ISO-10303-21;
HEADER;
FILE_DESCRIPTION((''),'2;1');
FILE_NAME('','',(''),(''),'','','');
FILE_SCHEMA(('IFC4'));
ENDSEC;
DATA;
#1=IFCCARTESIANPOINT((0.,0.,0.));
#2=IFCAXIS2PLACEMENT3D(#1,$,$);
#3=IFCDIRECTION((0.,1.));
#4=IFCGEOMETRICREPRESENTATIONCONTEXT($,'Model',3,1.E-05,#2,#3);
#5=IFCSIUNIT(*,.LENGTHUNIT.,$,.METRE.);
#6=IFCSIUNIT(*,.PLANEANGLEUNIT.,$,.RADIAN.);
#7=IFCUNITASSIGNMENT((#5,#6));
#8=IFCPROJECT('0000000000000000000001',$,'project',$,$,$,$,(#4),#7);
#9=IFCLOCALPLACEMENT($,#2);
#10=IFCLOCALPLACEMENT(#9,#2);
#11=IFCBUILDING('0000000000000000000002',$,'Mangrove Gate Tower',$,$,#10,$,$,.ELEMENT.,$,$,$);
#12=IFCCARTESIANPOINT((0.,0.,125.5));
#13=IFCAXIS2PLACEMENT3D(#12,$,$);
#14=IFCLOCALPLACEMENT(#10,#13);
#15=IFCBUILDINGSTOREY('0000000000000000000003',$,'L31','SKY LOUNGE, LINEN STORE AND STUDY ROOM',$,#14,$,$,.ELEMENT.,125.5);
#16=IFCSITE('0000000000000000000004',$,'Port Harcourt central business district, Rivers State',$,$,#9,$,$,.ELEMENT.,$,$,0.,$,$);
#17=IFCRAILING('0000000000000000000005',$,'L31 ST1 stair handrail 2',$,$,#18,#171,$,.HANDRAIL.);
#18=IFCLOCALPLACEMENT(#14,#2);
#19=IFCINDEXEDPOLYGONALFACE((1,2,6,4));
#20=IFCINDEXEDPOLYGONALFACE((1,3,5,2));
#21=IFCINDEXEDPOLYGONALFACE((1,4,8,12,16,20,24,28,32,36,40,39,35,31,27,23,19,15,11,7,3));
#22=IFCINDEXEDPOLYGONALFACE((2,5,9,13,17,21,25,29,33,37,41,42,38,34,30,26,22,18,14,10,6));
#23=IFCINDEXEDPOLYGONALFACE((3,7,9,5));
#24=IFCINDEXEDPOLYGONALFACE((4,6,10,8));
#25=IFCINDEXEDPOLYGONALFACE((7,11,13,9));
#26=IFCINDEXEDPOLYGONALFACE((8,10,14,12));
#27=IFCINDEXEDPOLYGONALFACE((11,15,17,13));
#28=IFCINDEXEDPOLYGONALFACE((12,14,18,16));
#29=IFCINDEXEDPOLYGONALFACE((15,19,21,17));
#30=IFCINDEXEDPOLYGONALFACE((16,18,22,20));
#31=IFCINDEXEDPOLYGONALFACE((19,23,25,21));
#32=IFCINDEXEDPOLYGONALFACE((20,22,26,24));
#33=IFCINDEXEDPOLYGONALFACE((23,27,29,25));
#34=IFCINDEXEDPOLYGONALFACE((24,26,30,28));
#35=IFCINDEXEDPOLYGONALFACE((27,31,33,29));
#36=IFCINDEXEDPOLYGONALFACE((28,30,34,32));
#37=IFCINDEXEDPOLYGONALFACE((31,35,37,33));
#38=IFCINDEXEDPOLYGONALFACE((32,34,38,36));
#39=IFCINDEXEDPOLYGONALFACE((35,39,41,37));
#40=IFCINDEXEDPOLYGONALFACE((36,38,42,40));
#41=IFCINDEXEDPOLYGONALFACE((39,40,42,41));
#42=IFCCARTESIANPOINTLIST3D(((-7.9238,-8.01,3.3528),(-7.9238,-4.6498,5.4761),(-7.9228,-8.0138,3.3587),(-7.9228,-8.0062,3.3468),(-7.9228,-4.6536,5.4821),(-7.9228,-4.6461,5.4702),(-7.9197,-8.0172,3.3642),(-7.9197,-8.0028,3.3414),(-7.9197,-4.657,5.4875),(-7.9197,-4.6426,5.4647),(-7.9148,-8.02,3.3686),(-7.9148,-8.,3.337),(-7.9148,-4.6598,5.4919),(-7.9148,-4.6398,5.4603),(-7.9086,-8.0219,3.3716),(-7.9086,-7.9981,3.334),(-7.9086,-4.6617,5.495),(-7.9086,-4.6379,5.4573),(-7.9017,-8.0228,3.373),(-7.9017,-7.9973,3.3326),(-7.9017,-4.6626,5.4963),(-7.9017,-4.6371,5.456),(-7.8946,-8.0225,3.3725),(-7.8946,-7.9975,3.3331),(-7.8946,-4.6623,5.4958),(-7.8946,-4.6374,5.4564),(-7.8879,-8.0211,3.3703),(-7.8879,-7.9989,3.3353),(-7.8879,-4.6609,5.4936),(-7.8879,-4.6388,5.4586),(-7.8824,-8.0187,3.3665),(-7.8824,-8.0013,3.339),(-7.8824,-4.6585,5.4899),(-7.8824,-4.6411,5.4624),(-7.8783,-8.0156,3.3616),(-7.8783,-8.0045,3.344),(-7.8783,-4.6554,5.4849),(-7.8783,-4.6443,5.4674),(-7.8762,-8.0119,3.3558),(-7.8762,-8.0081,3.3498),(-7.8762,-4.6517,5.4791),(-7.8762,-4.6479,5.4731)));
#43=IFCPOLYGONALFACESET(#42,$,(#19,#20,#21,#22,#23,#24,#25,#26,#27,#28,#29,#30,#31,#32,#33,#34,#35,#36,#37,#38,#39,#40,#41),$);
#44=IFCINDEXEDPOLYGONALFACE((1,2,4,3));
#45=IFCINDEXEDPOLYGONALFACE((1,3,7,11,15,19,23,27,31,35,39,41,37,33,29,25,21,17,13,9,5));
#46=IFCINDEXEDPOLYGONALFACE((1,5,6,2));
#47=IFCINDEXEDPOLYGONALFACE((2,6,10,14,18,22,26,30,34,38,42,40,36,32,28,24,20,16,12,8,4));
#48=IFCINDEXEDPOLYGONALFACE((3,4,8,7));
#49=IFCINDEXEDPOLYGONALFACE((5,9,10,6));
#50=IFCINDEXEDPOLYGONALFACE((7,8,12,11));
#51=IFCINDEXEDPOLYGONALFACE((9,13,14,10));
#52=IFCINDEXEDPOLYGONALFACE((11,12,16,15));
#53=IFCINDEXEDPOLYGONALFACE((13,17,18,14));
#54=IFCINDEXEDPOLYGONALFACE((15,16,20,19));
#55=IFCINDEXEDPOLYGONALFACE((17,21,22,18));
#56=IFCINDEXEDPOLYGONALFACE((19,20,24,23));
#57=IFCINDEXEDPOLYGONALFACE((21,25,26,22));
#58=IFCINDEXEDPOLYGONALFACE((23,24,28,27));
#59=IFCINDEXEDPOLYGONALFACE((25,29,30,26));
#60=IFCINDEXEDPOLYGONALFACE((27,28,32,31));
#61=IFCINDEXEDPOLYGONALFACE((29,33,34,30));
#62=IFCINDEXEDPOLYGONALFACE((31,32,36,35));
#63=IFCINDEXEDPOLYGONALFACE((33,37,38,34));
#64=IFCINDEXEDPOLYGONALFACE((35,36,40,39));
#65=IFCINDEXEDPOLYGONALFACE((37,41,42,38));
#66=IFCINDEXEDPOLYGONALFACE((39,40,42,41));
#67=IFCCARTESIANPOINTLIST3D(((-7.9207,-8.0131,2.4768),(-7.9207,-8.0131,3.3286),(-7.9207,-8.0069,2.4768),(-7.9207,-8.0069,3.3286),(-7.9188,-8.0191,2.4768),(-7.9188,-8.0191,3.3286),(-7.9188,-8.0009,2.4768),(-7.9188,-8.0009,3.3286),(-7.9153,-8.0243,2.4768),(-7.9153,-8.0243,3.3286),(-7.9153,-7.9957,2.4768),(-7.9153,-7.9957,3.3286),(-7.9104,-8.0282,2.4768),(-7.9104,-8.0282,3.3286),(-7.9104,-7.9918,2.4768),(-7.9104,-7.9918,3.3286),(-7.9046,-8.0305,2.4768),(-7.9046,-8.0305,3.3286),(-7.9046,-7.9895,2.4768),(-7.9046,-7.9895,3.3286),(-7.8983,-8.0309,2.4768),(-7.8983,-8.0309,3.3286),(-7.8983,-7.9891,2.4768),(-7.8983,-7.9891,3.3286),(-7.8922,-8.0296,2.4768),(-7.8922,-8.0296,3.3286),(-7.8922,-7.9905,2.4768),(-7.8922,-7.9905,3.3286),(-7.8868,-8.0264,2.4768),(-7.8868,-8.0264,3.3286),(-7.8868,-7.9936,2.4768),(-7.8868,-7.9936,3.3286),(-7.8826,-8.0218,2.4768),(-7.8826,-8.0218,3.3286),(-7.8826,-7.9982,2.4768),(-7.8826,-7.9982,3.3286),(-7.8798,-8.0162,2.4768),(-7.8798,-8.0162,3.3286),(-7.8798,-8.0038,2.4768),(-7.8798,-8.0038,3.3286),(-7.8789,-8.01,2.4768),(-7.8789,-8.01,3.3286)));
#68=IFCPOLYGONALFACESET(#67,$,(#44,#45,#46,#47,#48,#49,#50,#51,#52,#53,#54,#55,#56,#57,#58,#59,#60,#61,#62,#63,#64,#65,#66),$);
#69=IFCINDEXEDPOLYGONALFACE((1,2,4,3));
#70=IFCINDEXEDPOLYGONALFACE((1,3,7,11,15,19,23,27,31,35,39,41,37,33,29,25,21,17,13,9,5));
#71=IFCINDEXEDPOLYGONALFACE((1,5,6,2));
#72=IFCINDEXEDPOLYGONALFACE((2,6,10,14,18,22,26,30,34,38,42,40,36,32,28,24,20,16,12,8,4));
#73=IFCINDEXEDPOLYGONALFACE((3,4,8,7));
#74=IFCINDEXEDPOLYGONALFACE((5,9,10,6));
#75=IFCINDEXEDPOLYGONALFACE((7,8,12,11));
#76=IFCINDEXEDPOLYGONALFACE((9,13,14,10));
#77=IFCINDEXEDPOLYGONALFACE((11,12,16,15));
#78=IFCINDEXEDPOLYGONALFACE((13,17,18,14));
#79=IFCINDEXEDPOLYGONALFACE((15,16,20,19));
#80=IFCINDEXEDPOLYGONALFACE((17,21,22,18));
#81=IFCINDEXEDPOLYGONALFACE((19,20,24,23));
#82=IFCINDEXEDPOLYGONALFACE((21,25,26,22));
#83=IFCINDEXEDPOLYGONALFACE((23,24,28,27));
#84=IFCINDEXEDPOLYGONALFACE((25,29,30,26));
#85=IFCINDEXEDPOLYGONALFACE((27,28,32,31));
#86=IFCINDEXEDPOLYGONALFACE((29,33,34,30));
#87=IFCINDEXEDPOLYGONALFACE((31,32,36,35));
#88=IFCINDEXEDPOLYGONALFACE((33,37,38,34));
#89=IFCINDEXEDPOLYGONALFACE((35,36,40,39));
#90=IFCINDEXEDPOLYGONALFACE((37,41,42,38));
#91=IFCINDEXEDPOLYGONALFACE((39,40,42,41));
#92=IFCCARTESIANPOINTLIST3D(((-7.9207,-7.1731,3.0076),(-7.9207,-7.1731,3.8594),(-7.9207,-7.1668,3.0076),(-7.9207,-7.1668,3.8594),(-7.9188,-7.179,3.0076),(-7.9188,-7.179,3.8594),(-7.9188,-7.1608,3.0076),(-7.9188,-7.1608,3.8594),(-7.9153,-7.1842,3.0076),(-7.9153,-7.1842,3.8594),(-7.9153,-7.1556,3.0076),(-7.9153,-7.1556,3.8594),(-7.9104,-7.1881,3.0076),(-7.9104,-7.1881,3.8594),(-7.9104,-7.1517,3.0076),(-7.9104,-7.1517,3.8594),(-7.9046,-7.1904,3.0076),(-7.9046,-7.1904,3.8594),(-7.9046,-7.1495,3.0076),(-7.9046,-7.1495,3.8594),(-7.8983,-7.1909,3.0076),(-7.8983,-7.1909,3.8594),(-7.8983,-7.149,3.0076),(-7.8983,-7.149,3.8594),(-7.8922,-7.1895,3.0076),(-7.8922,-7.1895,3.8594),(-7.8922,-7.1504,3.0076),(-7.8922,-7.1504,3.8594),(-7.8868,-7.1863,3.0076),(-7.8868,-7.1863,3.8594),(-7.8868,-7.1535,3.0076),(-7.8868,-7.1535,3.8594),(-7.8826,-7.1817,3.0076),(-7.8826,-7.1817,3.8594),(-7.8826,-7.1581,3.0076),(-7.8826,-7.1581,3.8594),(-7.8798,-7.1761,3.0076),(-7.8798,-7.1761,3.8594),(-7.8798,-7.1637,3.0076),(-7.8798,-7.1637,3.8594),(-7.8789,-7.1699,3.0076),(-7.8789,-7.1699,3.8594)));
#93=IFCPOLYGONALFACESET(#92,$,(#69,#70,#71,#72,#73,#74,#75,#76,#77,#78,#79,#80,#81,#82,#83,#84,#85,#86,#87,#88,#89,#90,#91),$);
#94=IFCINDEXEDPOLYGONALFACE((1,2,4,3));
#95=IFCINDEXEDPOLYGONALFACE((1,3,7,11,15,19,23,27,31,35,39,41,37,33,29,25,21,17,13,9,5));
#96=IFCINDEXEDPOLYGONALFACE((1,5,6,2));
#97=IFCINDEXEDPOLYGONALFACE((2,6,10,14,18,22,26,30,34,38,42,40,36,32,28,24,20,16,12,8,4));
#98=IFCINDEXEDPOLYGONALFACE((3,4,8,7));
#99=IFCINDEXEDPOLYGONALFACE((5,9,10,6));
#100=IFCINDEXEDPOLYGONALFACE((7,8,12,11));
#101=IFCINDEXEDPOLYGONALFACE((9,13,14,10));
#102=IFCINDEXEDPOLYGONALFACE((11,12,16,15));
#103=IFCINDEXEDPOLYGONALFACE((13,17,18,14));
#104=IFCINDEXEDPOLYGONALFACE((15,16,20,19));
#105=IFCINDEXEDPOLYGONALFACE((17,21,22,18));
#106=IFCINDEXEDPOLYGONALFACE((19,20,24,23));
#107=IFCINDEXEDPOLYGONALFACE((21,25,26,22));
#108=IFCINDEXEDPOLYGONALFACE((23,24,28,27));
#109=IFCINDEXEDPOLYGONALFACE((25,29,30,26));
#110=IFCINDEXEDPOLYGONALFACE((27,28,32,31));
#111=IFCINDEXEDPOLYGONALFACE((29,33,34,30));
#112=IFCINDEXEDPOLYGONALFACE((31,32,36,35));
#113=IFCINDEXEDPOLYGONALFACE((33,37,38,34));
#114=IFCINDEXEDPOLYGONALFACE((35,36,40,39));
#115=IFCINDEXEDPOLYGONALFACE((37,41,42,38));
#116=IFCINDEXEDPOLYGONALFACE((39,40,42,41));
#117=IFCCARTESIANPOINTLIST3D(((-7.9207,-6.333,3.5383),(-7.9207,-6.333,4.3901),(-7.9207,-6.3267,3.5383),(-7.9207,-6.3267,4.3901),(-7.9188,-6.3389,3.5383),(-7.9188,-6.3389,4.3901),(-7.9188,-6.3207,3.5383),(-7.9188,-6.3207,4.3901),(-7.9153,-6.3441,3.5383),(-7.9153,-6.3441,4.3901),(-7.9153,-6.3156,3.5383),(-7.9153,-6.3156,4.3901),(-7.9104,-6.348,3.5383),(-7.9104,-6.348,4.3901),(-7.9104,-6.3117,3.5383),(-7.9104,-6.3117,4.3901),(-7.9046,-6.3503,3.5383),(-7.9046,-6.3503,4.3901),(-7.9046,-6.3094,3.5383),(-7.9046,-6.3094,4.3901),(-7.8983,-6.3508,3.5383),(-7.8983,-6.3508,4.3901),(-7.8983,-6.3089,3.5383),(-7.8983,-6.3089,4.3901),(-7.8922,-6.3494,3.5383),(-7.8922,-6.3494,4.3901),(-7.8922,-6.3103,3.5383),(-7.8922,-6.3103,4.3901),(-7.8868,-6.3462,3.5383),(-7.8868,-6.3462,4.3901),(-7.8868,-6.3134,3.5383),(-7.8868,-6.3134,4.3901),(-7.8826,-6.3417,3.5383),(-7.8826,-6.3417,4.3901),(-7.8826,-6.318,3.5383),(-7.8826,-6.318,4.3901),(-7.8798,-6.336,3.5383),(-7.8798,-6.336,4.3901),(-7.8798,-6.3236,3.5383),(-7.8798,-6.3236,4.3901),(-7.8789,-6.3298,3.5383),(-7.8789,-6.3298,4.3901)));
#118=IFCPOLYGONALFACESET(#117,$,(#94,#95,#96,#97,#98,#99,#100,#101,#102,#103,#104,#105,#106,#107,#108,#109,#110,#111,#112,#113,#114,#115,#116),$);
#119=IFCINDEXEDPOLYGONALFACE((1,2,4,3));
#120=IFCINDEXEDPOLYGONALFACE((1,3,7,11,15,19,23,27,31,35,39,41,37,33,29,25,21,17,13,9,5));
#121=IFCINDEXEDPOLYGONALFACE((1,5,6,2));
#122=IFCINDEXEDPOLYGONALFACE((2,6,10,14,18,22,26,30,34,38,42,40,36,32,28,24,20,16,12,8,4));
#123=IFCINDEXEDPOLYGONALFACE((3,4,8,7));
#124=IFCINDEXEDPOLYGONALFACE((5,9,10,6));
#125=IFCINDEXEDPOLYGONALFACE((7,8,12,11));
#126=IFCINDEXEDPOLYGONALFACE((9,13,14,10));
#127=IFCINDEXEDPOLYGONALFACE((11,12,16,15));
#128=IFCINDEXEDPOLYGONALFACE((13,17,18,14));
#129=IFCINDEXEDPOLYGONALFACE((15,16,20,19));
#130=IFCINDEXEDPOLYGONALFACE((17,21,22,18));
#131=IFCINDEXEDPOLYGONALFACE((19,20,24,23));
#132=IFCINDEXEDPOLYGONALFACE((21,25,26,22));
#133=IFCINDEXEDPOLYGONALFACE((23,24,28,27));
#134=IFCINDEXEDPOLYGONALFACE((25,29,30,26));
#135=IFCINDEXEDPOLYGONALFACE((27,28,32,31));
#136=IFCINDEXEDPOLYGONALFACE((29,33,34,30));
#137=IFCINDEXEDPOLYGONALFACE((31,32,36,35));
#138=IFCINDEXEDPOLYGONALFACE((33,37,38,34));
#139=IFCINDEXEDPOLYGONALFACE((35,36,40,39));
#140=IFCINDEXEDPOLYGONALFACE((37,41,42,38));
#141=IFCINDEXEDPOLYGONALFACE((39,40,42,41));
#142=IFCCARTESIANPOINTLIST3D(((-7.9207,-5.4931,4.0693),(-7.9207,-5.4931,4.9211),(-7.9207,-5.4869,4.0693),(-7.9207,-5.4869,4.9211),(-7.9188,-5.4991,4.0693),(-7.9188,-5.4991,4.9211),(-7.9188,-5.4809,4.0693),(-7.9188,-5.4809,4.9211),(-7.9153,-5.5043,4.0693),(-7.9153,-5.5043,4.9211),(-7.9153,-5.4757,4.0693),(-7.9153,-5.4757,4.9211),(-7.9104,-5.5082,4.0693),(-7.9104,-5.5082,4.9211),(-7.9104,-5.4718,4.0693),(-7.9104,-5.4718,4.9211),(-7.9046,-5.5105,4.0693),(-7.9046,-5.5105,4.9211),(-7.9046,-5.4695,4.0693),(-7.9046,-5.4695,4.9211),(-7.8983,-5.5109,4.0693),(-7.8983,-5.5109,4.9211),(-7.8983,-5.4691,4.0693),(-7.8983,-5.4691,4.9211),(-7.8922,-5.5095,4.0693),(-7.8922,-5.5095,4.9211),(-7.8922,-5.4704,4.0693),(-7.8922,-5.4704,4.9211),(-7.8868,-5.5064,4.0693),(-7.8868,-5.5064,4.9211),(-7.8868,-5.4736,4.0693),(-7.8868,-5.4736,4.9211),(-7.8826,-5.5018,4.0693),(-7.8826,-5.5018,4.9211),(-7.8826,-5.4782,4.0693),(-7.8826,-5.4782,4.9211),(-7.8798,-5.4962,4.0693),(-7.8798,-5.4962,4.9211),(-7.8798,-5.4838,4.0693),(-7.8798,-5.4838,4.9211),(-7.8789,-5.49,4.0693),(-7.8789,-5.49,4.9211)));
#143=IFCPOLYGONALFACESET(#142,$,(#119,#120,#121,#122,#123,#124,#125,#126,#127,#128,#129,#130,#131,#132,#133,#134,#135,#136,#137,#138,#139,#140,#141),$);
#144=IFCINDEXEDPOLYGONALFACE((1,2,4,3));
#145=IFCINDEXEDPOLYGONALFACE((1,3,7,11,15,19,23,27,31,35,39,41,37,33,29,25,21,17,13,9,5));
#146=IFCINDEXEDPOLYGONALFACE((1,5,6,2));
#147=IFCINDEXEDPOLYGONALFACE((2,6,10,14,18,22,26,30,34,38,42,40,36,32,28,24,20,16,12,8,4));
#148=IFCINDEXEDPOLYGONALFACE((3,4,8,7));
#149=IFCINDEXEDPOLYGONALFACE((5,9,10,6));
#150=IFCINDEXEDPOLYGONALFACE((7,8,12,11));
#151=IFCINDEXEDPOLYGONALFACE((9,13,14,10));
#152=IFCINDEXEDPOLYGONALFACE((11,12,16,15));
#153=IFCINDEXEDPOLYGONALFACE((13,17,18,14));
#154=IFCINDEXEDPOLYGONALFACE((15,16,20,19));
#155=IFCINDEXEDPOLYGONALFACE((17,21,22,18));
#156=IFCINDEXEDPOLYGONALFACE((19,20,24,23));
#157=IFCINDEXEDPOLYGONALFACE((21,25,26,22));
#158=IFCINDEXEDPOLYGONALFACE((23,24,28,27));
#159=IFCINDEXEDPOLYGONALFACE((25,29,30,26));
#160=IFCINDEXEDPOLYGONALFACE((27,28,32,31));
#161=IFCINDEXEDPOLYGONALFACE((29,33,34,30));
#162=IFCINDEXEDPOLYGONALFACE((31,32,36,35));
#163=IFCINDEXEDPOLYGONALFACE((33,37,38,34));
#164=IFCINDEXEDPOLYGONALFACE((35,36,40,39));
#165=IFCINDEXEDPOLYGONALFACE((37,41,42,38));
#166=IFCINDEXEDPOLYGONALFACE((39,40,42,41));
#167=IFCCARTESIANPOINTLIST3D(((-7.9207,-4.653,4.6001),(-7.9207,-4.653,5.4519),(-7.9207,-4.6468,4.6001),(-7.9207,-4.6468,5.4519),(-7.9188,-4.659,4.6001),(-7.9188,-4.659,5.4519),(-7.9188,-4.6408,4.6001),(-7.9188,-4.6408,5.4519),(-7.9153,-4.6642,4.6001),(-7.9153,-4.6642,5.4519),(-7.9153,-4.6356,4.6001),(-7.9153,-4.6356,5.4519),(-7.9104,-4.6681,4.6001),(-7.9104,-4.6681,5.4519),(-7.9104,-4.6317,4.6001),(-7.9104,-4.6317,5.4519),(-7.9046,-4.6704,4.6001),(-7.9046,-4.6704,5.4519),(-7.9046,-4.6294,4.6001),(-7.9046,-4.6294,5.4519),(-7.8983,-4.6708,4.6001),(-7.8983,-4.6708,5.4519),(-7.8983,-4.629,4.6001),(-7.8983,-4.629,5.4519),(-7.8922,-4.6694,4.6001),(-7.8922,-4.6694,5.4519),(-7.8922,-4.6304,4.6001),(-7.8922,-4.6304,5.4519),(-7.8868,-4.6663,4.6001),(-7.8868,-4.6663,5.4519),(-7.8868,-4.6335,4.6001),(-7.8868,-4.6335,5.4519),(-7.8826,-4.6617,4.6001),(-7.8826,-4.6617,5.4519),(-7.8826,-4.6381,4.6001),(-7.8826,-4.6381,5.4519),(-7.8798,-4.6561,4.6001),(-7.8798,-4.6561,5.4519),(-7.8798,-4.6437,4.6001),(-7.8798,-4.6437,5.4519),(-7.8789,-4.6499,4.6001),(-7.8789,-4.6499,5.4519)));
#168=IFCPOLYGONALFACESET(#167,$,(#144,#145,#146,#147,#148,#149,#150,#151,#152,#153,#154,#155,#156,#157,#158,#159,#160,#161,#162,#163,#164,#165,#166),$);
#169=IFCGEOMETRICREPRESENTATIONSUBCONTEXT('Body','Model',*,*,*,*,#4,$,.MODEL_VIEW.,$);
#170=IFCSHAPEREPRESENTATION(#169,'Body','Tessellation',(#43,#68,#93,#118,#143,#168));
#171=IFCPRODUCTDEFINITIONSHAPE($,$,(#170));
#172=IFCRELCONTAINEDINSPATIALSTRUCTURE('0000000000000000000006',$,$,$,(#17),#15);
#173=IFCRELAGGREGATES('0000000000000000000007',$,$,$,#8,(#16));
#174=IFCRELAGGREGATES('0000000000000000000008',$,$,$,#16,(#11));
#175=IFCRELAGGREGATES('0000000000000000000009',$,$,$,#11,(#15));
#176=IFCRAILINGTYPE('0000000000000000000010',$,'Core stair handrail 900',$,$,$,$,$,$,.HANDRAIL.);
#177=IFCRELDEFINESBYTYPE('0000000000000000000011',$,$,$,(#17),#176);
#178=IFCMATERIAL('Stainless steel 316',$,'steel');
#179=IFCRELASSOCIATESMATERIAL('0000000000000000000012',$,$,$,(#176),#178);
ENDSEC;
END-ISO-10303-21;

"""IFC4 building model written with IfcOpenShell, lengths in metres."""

from ifc_helpers import new_model, si_unit, direction, frame, origin, origin_2d, place, context, subcontext, project, spatial, circle, extrude, material, type_object, element, save


model = new_model("IFC4")

# Units and contexts
model_context = context("Model", 3, precision=1e-05, world=origin(), true_north=direction((0.0, 1.0)))
body_context = subcontext(model_context, "Body", "Model", "MODEL_VIEW")
ifc_project = project(units=[si_unit("LENGTHUNIT", "METRE"), si_unit("PLANEANGLEUNIT", "RADIAN")], contexts=[model_context])

# Site, building, storey
site_placement = place(None, origin())
site = spatial("IfcSite", under=ifc_project, at=site_placement, Name="Port Harcourt central business district, Rivers State", CompositionType="ELEMENT", RefElevation=0.0)
building_placement = place(site_placement, origin())
building = spatial("IfcBuilding", under=site, at=building_placement, Name="Mangrove Gate Tower", CompositionType="ELEMENT")
storey_placement = place(building_placement, frame((0.0, 0.0, 125.5)))
storey = spatial("IfcBuildingStorey", under=building, at=storey_placement, Name="L31", Description="SKY LOUNGE, LINEN STORE AND STUDY ROOM", CompositionType="ELEMENT", Elevation=125.5)

# Railing
ifc_material_1 = material(Name="Stainless steel 316", Category="steel")
railing_type_1 = type_object("IfcRailingType", Name="Core stair handrail 900", PredefinedType="HANDRAIL", material=ifc_material_1)
railing_1_placement = place(storey_placement, frame((-7.8999, -8.01, 2.4768)))
element("IfcRailing", 1, at=railing_1_placement, inside=storey, type_object=railing_type_1, Name="L31 ST1 stair handrail 2", PredefinedType="HANDRAIL", context=body_context, shape_type="SweptSolid", body=[
    extrude(circle(Radius=0.0239, at=origin_2d()), frame((0.0, 0.0, 0.876), z_axis=(0.0, 0.845362, 0.534194), x_axis=(-1.0, 0.0, 0.0)), (0.0, 0.0, 1.0), 3.9749),
    extrude(circle(Radius=0.021, at=origin_2d()), origin(), (0.0, 0.0, 1.0), 0.8518),
    extrude(circle(Radius=0.021, at=origin_2d()), frame((0.0, 0.8401, 0.5308)), (0.0, 0.0, 1.0), 0.8518),
    extrude(circle(Radius=0.021, at=origin_2d()), frame((0.0, 1.6802, 1.0615)), (0.0, 0.0, 1.0), 0.8518),
    extrude(circle(Radius=0.021, at=origin_2d()), frame((0.0, 2.52, 1.5925)), (0.0, 0.0, 1.0), 0.8518),
    extrude(circle(Radius=0.021, at=origin_2d()), frame((0.0, 3.3601, 2.1233)), (0.0, 0.0, 1.0), 0.8518),
])

save(model, "model.ifc")
